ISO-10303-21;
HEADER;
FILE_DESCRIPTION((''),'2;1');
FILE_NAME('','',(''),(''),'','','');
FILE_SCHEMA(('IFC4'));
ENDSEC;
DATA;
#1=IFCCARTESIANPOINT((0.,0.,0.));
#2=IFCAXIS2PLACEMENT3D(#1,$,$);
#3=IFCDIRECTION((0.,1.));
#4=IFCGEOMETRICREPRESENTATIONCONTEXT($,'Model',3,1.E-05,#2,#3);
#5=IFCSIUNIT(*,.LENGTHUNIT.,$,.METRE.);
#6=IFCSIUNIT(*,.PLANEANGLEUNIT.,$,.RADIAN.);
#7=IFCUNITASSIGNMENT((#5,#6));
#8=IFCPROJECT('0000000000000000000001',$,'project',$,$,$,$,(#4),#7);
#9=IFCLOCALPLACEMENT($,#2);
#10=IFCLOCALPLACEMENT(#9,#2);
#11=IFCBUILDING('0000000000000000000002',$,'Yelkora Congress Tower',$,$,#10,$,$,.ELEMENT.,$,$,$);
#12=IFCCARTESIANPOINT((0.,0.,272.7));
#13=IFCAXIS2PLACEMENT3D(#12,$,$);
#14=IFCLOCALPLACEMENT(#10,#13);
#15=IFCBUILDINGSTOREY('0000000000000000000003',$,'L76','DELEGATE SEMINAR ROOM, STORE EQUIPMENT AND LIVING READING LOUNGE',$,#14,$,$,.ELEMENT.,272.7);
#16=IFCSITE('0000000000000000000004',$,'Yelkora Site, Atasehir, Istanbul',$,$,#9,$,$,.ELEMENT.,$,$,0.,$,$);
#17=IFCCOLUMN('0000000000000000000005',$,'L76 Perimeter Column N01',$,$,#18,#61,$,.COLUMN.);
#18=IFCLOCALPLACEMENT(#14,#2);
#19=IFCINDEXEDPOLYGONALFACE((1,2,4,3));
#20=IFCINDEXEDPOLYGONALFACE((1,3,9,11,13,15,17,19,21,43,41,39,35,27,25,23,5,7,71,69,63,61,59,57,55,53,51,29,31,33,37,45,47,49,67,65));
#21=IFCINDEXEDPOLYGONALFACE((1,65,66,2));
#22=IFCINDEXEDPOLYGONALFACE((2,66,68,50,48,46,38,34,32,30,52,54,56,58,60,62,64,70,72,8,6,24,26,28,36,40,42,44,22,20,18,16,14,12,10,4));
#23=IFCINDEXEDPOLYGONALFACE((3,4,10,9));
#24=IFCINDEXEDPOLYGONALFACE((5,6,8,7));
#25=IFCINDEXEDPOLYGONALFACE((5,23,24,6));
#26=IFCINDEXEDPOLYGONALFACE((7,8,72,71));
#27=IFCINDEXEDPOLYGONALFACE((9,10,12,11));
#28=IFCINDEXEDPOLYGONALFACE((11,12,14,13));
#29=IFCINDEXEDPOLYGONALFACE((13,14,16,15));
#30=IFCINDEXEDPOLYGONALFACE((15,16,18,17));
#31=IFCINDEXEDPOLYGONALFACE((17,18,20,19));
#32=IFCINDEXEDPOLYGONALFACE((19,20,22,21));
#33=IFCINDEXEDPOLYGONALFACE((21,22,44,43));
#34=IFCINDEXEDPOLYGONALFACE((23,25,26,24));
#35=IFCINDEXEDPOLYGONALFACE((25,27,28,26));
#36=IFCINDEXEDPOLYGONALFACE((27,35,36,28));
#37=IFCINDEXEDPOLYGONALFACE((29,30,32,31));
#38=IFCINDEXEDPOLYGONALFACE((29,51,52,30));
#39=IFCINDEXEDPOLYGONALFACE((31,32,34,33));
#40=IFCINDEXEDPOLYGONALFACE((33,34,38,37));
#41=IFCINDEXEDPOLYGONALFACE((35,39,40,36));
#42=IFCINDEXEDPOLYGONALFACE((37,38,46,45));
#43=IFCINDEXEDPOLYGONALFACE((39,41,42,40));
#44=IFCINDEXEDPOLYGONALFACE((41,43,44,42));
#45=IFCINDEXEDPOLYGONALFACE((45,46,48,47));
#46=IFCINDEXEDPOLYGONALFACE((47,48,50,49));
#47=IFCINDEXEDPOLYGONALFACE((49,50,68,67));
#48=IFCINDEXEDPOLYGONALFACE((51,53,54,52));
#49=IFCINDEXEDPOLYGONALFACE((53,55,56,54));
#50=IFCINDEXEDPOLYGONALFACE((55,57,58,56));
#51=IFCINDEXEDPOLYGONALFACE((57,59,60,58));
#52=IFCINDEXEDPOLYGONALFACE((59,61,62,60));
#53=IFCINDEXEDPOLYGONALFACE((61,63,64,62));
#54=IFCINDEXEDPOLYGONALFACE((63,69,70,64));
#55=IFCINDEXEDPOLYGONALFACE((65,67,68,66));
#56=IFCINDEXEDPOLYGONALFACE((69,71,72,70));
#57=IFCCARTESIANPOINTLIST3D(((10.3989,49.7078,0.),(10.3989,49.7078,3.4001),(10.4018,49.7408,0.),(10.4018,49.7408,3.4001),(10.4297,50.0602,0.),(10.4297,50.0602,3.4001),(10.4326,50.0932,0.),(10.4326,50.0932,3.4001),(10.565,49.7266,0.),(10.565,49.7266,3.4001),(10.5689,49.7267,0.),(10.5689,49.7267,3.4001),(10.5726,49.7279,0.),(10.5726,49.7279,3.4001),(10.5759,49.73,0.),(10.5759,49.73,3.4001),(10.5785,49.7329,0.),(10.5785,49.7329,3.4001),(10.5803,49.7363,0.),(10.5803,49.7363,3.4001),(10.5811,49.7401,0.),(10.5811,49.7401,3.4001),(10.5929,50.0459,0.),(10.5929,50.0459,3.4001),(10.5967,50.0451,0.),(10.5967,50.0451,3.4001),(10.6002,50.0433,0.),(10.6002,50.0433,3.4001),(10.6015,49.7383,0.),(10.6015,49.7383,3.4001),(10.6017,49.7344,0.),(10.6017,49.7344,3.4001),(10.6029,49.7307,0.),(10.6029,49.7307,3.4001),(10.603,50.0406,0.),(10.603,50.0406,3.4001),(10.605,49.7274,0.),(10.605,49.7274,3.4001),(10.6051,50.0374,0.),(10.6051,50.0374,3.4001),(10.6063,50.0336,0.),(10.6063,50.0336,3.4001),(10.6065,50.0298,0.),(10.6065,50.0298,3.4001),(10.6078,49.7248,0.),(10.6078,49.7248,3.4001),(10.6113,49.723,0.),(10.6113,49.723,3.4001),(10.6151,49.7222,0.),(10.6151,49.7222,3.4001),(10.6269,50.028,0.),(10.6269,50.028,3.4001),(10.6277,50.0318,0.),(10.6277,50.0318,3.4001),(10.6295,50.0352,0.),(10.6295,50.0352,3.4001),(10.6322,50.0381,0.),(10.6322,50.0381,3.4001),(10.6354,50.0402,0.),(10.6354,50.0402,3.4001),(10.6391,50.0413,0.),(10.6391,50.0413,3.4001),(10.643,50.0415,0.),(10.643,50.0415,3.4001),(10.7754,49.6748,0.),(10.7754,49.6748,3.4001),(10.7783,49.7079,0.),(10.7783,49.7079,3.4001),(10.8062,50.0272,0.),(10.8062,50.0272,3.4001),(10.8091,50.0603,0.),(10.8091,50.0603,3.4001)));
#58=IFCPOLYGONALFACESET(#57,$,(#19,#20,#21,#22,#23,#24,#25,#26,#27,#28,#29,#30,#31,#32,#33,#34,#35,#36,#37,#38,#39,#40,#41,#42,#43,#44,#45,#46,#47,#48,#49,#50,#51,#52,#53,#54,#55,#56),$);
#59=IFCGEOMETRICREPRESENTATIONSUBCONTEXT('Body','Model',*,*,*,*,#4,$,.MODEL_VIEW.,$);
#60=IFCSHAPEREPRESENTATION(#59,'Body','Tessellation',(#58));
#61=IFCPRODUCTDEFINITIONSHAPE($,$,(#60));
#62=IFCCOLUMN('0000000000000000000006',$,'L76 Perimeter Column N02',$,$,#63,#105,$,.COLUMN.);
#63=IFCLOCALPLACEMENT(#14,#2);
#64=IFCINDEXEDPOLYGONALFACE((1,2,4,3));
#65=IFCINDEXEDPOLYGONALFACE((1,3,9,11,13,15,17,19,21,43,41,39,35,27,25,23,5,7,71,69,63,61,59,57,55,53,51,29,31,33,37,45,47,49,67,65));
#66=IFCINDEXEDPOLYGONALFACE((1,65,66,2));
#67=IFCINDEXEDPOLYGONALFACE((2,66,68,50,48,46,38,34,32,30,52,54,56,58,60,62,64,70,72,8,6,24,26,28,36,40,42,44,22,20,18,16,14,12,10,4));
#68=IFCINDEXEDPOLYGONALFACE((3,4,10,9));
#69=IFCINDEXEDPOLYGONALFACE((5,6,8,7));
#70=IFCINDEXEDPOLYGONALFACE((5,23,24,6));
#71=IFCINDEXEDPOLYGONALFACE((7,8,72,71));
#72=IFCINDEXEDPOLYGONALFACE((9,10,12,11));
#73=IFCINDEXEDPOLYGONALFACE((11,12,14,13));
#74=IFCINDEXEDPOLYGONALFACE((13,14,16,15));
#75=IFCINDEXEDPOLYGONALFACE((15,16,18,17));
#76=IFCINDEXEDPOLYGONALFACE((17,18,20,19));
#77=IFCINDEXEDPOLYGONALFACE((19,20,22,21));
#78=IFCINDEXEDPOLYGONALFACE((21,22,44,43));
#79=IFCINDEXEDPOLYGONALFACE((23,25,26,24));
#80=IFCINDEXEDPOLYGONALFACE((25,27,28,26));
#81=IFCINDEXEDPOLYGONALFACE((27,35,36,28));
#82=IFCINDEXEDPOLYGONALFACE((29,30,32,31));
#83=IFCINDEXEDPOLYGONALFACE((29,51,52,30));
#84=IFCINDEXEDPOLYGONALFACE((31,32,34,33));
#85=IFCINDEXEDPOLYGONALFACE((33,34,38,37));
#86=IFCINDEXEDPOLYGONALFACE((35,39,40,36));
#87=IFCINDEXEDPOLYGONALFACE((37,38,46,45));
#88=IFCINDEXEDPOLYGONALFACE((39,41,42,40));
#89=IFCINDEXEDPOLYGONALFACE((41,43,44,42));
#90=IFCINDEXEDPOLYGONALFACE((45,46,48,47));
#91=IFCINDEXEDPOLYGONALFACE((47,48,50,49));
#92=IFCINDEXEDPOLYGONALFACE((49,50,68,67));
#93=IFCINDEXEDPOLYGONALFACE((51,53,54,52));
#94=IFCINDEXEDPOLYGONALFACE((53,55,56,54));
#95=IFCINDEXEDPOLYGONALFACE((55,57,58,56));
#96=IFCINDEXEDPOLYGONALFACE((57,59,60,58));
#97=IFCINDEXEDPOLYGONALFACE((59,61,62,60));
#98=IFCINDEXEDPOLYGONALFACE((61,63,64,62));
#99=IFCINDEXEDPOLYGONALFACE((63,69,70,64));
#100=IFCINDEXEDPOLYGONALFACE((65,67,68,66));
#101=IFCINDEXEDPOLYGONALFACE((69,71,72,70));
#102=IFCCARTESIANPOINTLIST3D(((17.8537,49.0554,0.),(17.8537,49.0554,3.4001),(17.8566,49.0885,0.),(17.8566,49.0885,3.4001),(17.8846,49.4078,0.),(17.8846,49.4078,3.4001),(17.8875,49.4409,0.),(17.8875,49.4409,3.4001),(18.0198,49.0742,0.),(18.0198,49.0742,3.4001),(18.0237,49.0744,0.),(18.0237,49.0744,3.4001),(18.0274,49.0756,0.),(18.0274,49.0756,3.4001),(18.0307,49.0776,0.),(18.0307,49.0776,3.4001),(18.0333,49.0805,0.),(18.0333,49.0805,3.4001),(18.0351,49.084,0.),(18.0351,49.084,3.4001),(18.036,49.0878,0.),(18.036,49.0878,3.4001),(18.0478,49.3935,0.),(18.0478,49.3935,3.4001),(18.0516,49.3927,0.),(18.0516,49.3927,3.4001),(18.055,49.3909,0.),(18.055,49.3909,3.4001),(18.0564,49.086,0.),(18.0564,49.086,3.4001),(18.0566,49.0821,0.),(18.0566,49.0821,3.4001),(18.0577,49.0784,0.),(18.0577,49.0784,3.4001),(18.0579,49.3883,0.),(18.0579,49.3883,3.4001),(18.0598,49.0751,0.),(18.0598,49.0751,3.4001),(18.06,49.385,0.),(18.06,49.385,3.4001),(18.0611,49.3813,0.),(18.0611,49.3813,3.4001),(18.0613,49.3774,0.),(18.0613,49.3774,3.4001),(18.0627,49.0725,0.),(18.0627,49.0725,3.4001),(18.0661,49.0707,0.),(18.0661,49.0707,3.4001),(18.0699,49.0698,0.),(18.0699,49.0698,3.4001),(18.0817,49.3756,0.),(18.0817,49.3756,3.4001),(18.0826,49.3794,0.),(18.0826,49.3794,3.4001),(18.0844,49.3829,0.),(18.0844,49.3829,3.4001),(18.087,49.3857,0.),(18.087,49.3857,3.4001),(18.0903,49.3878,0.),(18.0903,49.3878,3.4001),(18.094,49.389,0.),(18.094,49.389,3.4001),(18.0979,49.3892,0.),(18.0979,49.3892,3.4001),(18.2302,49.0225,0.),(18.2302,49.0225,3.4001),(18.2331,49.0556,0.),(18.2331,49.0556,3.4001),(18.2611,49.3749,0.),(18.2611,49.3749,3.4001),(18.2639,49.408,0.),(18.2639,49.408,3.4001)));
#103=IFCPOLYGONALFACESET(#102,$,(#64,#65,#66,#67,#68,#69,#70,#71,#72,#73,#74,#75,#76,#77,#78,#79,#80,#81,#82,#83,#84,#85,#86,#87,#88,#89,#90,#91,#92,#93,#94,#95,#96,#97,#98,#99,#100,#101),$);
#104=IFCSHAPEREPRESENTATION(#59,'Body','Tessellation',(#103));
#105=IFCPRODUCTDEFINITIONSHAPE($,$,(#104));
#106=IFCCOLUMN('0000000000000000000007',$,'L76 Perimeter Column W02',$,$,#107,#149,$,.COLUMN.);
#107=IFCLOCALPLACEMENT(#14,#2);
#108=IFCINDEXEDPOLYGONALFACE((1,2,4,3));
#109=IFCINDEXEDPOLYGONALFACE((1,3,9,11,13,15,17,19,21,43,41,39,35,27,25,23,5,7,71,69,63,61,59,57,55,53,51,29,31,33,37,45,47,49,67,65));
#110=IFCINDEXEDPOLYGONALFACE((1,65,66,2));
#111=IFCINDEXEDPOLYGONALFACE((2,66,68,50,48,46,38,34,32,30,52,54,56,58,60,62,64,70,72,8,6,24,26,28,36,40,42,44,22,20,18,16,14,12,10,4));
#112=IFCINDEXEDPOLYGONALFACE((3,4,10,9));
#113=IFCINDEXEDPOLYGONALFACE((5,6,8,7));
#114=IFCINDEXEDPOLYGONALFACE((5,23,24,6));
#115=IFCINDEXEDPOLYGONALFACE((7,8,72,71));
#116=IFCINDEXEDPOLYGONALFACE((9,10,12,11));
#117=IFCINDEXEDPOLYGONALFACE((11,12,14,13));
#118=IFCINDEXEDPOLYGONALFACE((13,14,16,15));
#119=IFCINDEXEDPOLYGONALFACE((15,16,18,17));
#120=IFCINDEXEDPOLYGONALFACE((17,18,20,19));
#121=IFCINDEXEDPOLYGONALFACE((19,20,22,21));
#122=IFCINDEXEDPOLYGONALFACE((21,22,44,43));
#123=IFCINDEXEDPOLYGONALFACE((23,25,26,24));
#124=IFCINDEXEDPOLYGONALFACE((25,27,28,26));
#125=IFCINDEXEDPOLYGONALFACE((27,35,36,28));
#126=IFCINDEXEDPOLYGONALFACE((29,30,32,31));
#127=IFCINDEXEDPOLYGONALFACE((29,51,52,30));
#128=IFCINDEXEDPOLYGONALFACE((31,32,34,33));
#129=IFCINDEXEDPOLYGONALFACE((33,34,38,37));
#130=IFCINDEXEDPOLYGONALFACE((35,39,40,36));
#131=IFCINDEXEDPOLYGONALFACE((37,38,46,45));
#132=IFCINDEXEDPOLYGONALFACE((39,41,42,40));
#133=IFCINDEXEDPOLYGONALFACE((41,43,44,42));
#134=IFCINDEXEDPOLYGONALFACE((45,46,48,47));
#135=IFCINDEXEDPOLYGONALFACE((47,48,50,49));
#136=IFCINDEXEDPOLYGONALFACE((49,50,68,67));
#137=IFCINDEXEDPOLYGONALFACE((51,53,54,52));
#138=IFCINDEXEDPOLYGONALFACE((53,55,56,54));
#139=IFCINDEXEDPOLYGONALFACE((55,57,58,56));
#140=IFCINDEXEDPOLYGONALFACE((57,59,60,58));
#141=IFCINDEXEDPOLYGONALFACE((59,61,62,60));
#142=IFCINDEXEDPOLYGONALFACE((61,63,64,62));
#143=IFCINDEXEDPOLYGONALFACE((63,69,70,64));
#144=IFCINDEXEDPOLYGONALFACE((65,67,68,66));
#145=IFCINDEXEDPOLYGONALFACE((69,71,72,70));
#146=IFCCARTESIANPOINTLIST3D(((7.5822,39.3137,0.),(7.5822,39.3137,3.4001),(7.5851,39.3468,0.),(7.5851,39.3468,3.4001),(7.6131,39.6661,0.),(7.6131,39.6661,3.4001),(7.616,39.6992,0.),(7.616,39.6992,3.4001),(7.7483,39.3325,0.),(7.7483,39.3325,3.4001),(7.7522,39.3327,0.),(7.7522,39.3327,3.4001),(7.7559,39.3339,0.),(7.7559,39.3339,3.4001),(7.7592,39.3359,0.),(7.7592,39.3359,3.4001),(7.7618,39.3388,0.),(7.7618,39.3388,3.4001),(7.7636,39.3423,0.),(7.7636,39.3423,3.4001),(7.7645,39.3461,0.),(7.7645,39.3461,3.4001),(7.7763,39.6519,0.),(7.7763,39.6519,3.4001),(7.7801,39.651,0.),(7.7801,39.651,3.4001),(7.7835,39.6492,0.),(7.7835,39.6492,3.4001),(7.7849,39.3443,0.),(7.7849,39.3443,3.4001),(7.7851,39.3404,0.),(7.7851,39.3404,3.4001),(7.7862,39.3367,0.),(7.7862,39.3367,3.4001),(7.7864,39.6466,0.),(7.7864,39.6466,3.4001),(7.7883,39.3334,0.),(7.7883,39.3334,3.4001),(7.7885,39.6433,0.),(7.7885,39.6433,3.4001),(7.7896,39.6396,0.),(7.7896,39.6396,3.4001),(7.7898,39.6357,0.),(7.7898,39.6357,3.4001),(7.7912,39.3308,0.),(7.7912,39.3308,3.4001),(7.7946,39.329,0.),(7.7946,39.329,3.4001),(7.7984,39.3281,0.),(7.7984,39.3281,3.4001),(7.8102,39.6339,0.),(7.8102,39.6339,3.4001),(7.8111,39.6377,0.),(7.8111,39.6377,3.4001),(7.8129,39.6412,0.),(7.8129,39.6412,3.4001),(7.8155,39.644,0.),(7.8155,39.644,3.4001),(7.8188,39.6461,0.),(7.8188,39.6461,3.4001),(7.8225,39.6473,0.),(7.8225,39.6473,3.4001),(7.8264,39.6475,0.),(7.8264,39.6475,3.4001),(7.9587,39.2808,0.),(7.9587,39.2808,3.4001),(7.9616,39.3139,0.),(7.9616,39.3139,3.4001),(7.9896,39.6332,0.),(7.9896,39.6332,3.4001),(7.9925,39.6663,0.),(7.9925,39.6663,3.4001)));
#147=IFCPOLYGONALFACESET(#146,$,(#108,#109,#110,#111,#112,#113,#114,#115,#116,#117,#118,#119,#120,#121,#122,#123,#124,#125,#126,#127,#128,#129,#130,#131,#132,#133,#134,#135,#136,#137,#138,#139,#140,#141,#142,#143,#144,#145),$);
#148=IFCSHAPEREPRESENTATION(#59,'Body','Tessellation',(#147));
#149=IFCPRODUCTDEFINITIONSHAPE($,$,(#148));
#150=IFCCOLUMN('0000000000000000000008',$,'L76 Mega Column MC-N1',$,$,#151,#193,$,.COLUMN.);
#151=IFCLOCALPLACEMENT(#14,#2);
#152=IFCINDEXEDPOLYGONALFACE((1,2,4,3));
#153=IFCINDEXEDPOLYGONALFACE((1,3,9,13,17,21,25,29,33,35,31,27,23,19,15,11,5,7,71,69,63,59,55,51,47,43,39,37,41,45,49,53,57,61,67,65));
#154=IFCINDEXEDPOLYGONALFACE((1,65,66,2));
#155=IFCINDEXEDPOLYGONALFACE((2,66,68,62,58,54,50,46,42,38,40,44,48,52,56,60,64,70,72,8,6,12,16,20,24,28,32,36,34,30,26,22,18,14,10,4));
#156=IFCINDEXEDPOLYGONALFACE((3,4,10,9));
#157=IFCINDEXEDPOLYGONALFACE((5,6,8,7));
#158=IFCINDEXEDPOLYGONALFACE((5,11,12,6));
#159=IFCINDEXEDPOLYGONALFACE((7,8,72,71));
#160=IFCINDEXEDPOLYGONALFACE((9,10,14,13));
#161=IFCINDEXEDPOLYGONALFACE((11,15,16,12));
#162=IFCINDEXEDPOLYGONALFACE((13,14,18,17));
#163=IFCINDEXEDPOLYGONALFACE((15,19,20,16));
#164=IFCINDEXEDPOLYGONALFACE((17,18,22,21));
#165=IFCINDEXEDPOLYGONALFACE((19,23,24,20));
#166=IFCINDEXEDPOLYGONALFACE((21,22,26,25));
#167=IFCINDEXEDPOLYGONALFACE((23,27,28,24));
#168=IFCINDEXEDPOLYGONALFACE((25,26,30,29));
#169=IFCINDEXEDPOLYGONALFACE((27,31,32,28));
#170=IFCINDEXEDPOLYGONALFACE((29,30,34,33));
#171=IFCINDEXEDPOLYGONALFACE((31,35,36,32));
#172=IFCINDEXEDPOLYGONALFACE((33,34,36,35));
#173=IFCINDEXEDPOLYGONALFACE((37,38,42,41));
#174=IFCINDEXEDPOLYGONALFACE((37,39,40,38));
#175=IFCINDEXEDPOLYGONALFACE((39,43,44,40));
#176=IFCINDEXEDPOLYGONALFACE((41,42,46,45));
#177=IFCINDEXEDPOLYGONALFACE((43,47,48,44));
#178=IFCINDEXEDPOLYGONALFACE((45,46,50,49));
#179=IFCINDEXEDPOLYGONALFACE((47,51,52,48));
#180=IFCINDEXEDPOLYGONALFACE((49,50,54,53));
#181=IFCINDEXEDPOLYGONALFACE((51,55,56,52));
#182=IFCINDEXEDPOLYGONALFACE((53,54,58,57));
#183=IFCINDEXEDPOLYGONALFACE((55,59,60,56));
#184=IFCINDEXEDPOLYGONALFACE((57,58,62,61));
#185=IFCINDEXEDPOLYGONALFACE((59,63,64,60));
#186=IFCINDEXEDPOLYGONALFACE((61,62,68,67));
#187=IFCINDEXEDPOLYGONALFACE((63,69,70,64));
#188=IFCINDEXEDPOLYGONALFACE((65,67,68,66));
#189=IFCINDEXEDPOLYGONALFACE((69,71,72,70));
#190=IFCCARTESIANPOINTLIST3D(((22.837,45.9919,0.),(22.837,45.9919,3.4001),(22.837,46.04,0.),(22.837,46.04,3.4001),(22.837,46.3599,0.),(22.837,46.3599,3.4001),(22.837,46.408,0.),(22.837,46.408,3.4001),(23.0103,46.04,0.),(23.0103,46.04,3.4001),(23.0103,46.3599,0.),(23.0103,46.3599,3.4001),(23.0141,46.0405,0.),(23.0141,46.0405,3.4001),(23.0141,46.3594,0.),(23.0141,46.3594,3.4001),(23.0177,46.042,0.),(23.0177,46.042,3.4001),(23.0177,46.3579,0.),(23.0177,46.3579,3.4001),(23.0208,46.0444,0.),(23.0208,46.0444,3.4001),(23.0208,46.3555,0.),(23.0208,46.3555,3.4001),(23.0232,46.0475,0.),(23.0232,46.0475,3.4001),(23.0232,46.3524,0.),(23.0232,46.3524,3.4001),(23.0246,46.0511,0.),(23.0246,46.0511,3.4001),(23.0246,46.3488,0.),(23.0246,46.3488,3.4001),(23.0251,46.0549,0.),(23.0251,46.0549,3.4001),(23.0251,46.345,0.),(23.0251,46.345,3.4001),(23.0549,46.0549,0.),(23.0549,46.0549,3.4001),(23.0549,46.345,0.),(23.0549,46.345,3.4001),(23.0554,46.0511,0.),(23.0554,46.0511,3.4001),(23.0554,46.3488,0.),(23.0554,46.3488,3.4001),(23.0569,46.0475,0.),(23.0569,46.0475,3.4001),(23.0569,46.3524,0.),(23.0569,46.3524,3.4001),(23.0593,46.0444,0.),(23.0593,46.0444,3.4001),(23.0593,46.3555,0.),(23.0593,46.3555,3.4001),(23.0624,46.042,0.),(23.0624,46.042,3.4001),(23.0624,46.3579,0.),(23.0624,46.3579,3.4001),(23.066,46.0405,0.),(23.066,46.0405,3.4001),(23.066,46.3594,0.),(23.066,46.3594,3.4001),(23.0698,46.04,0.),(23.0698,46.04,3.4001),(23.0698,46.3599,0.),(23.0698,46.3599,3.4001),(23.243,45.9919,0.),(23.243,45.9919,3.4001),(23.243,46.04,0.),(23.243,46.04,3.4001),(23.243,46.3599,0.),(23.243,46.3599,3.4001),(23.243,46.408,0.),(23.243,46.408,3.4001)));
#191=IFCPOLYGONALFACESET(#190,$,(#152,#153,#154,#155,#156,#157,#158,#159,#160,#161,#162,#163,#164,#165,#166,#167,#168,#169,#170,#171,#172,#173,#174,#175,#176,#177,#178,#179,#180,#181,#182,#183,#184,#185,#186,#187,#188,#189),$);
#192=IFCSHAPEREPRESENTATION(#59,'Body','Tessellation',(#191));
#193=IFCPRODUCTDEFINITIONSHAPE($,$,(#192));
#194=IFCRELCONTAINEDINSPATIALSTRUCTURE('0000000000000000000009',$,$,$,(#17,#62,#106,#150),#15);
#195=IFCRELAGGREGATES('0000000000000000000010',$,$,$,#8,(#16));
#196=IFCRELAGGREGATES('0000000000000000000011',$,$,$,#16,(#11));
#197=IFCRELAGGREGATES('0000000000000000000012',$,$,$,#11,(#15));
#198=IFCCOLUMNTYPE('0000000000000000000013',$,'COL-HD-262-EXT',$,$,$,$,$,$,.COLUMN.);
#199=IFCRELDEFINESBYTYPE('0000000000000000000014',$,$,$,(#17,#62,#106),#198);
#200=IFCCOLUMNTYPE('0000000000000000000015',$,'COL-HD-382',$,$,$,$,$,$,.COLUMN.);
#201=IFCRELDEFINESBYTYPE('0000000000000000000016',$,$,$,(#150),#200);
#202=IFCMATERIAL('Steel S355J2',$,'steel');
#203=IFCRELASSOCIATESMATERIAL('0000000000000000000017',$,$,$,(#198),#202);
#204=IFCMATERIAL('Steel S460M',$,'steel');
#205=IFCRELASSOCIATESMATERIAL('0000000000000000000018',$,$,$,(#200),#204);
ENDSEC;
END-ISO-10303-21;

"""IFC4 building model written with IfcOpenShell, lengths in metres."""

from ifc_helpers import new_model, si_unit, direction, frame, origin, origin_2d, place, context, subcontext, project, spatial, i_section, extrude, material, material_profile, profile_set, type_object, element, save


model = new_model("IFC4")

# Units and contexts
model_context = context("Model", 3, precision=1e-05, world=origin(), true_north=direction((0.0, 1.0)))
body_context = subcontext(model_context, "Body", "Model", "MODEL_VIEW")
ifc_project = project(units=[si_unit("LENGTHUNIT", "METRE"), si_unit("PLANEANGLEUNIT", "RADIAN")], contexts=[model_context])

# Site, building, storey
site_placement = place(None, origin())
site = spatial("IfcSite", under=ifc_project, at=site_placement, Name="Yelkora Site, Atasehir, Istanbul", CompositionType="ELEMENT", RefElevation=0.0)
building_placement = place(site_placement, origin())
building = spatial("IfcBuilding", under=site, at=building_placement, Name="Yelkora Congress Tower", CompositionType="ELEMENT")
storey_placement = place(building_placement, frame((0.0, 0.0, 272.7)))
storey = spatial("IfcBuildingStorey", under=building, at=storey_placement, Name="L76", Description="DELEGATE SEMINAR ROOM, STORE EQUIPMENT AND LIVING READING LOUNGE", CompositionType="ELEMENT", Elevation=272.7)

# Columns
ifc_material_1 = material(Name="Steel S355J2", Category="steel")
ifc_material_profile_1 = material_profile(ifc_material_1, i_section(OverallWidth=0.3779, OverallDepth=0.387, WebThickness=0.0205, FlangeThickness=0.0332, FilletRadius=0.0149, at=origin_2d()), Name="HD 360x262")
ifc_profile_set_1 = profile_set([ifc_material_profile_1], Name="Steel S355J2")
column_type_1 = type_object("IfcColumnType", Name="COL-HD-262-EXT", PredefinedType="COLUMN", material=ifc_profile_set_1)
for number, where, z_axis, x_axis, name in (
    (1, (10.604, 49.884, 0.0), (0.0, 0.0, 1.0), (0.996195, -0.087156, 0.0), "L76 Perimeter Column N01"),
    (2, (18.0588, 49.2317, 0.0), (0.0, 0.0, 1.0), (0.996195, -0.087156, 0.0), "L76 Perimeter Column N02"),
    (3, (7.7874, 39.49, 0.0), (0.0, 0.0, 1.0), (0.996195, -0.087156, 0.0), "L76 Perimeter Column W02"),
):
    element("IfcColumn", number, at=place(storey_placement, frame(where, z_axis=z_axis, x_axis=x_axis)), inside=storey, type_object=column_type_1, Name=name, PredefinedType="COLUMN", context=body_context, shape_type="SweptSolid", body=[
        extrude(i_section(OverallWidth=0.3779, OverallDepth=0.387, WebThickness=0.0205, FlangeThickness=0.0332, FilletRadius=0.0149, at=origin_2d()), origin(), (0.0, 0.0, 1.0), 3.4001),
    ])
ifc_material_2 = material(Name="Steel S460M", Category="steel")
ifc_material_profile_2 = material_profile(ifc_material_2, i_section(OverallWidth=0.406, OverallDepth=0.416, WebThickness=0.0298, FlangeThickness=0.0481, FilletRadius=0.0149, at=origin_2d()), Name="HD 400x382")
ifc_profile_set_2 = profile_set([ifc_material_profile_2], Name="Steel S460M")
column_type_2 = type_object("IfcColumnType", Name="COL-HD-382", PredefinedType="COLUMN", material=ifc_profile_set_2)
column_placement = place(storey_placement, frame((23.04, 46.2, 0.0), z_axis=(0.0, 0.0, 1.0), x_axis=(1.0, 0.0, 0.0)))
element("IfcColumn", 4, at=column_placement, inside=storey, type_object=column_type_2, Name="L76 Mega Column MC-N1", PredefinedType="COLUMN", context=body_context, shape_type="SweptSolid", body=[
    extrude(i_section(OverallWidth=0.406, OverallDepth=0.416, WebThickness=0.0298, FlangeThickness=0.0481, FilletRadius=0.0149, at=origin_2d()), origin(), (0.0, 0.0, 1.0), 3.4001),
])

save(model, "model.ifc")
